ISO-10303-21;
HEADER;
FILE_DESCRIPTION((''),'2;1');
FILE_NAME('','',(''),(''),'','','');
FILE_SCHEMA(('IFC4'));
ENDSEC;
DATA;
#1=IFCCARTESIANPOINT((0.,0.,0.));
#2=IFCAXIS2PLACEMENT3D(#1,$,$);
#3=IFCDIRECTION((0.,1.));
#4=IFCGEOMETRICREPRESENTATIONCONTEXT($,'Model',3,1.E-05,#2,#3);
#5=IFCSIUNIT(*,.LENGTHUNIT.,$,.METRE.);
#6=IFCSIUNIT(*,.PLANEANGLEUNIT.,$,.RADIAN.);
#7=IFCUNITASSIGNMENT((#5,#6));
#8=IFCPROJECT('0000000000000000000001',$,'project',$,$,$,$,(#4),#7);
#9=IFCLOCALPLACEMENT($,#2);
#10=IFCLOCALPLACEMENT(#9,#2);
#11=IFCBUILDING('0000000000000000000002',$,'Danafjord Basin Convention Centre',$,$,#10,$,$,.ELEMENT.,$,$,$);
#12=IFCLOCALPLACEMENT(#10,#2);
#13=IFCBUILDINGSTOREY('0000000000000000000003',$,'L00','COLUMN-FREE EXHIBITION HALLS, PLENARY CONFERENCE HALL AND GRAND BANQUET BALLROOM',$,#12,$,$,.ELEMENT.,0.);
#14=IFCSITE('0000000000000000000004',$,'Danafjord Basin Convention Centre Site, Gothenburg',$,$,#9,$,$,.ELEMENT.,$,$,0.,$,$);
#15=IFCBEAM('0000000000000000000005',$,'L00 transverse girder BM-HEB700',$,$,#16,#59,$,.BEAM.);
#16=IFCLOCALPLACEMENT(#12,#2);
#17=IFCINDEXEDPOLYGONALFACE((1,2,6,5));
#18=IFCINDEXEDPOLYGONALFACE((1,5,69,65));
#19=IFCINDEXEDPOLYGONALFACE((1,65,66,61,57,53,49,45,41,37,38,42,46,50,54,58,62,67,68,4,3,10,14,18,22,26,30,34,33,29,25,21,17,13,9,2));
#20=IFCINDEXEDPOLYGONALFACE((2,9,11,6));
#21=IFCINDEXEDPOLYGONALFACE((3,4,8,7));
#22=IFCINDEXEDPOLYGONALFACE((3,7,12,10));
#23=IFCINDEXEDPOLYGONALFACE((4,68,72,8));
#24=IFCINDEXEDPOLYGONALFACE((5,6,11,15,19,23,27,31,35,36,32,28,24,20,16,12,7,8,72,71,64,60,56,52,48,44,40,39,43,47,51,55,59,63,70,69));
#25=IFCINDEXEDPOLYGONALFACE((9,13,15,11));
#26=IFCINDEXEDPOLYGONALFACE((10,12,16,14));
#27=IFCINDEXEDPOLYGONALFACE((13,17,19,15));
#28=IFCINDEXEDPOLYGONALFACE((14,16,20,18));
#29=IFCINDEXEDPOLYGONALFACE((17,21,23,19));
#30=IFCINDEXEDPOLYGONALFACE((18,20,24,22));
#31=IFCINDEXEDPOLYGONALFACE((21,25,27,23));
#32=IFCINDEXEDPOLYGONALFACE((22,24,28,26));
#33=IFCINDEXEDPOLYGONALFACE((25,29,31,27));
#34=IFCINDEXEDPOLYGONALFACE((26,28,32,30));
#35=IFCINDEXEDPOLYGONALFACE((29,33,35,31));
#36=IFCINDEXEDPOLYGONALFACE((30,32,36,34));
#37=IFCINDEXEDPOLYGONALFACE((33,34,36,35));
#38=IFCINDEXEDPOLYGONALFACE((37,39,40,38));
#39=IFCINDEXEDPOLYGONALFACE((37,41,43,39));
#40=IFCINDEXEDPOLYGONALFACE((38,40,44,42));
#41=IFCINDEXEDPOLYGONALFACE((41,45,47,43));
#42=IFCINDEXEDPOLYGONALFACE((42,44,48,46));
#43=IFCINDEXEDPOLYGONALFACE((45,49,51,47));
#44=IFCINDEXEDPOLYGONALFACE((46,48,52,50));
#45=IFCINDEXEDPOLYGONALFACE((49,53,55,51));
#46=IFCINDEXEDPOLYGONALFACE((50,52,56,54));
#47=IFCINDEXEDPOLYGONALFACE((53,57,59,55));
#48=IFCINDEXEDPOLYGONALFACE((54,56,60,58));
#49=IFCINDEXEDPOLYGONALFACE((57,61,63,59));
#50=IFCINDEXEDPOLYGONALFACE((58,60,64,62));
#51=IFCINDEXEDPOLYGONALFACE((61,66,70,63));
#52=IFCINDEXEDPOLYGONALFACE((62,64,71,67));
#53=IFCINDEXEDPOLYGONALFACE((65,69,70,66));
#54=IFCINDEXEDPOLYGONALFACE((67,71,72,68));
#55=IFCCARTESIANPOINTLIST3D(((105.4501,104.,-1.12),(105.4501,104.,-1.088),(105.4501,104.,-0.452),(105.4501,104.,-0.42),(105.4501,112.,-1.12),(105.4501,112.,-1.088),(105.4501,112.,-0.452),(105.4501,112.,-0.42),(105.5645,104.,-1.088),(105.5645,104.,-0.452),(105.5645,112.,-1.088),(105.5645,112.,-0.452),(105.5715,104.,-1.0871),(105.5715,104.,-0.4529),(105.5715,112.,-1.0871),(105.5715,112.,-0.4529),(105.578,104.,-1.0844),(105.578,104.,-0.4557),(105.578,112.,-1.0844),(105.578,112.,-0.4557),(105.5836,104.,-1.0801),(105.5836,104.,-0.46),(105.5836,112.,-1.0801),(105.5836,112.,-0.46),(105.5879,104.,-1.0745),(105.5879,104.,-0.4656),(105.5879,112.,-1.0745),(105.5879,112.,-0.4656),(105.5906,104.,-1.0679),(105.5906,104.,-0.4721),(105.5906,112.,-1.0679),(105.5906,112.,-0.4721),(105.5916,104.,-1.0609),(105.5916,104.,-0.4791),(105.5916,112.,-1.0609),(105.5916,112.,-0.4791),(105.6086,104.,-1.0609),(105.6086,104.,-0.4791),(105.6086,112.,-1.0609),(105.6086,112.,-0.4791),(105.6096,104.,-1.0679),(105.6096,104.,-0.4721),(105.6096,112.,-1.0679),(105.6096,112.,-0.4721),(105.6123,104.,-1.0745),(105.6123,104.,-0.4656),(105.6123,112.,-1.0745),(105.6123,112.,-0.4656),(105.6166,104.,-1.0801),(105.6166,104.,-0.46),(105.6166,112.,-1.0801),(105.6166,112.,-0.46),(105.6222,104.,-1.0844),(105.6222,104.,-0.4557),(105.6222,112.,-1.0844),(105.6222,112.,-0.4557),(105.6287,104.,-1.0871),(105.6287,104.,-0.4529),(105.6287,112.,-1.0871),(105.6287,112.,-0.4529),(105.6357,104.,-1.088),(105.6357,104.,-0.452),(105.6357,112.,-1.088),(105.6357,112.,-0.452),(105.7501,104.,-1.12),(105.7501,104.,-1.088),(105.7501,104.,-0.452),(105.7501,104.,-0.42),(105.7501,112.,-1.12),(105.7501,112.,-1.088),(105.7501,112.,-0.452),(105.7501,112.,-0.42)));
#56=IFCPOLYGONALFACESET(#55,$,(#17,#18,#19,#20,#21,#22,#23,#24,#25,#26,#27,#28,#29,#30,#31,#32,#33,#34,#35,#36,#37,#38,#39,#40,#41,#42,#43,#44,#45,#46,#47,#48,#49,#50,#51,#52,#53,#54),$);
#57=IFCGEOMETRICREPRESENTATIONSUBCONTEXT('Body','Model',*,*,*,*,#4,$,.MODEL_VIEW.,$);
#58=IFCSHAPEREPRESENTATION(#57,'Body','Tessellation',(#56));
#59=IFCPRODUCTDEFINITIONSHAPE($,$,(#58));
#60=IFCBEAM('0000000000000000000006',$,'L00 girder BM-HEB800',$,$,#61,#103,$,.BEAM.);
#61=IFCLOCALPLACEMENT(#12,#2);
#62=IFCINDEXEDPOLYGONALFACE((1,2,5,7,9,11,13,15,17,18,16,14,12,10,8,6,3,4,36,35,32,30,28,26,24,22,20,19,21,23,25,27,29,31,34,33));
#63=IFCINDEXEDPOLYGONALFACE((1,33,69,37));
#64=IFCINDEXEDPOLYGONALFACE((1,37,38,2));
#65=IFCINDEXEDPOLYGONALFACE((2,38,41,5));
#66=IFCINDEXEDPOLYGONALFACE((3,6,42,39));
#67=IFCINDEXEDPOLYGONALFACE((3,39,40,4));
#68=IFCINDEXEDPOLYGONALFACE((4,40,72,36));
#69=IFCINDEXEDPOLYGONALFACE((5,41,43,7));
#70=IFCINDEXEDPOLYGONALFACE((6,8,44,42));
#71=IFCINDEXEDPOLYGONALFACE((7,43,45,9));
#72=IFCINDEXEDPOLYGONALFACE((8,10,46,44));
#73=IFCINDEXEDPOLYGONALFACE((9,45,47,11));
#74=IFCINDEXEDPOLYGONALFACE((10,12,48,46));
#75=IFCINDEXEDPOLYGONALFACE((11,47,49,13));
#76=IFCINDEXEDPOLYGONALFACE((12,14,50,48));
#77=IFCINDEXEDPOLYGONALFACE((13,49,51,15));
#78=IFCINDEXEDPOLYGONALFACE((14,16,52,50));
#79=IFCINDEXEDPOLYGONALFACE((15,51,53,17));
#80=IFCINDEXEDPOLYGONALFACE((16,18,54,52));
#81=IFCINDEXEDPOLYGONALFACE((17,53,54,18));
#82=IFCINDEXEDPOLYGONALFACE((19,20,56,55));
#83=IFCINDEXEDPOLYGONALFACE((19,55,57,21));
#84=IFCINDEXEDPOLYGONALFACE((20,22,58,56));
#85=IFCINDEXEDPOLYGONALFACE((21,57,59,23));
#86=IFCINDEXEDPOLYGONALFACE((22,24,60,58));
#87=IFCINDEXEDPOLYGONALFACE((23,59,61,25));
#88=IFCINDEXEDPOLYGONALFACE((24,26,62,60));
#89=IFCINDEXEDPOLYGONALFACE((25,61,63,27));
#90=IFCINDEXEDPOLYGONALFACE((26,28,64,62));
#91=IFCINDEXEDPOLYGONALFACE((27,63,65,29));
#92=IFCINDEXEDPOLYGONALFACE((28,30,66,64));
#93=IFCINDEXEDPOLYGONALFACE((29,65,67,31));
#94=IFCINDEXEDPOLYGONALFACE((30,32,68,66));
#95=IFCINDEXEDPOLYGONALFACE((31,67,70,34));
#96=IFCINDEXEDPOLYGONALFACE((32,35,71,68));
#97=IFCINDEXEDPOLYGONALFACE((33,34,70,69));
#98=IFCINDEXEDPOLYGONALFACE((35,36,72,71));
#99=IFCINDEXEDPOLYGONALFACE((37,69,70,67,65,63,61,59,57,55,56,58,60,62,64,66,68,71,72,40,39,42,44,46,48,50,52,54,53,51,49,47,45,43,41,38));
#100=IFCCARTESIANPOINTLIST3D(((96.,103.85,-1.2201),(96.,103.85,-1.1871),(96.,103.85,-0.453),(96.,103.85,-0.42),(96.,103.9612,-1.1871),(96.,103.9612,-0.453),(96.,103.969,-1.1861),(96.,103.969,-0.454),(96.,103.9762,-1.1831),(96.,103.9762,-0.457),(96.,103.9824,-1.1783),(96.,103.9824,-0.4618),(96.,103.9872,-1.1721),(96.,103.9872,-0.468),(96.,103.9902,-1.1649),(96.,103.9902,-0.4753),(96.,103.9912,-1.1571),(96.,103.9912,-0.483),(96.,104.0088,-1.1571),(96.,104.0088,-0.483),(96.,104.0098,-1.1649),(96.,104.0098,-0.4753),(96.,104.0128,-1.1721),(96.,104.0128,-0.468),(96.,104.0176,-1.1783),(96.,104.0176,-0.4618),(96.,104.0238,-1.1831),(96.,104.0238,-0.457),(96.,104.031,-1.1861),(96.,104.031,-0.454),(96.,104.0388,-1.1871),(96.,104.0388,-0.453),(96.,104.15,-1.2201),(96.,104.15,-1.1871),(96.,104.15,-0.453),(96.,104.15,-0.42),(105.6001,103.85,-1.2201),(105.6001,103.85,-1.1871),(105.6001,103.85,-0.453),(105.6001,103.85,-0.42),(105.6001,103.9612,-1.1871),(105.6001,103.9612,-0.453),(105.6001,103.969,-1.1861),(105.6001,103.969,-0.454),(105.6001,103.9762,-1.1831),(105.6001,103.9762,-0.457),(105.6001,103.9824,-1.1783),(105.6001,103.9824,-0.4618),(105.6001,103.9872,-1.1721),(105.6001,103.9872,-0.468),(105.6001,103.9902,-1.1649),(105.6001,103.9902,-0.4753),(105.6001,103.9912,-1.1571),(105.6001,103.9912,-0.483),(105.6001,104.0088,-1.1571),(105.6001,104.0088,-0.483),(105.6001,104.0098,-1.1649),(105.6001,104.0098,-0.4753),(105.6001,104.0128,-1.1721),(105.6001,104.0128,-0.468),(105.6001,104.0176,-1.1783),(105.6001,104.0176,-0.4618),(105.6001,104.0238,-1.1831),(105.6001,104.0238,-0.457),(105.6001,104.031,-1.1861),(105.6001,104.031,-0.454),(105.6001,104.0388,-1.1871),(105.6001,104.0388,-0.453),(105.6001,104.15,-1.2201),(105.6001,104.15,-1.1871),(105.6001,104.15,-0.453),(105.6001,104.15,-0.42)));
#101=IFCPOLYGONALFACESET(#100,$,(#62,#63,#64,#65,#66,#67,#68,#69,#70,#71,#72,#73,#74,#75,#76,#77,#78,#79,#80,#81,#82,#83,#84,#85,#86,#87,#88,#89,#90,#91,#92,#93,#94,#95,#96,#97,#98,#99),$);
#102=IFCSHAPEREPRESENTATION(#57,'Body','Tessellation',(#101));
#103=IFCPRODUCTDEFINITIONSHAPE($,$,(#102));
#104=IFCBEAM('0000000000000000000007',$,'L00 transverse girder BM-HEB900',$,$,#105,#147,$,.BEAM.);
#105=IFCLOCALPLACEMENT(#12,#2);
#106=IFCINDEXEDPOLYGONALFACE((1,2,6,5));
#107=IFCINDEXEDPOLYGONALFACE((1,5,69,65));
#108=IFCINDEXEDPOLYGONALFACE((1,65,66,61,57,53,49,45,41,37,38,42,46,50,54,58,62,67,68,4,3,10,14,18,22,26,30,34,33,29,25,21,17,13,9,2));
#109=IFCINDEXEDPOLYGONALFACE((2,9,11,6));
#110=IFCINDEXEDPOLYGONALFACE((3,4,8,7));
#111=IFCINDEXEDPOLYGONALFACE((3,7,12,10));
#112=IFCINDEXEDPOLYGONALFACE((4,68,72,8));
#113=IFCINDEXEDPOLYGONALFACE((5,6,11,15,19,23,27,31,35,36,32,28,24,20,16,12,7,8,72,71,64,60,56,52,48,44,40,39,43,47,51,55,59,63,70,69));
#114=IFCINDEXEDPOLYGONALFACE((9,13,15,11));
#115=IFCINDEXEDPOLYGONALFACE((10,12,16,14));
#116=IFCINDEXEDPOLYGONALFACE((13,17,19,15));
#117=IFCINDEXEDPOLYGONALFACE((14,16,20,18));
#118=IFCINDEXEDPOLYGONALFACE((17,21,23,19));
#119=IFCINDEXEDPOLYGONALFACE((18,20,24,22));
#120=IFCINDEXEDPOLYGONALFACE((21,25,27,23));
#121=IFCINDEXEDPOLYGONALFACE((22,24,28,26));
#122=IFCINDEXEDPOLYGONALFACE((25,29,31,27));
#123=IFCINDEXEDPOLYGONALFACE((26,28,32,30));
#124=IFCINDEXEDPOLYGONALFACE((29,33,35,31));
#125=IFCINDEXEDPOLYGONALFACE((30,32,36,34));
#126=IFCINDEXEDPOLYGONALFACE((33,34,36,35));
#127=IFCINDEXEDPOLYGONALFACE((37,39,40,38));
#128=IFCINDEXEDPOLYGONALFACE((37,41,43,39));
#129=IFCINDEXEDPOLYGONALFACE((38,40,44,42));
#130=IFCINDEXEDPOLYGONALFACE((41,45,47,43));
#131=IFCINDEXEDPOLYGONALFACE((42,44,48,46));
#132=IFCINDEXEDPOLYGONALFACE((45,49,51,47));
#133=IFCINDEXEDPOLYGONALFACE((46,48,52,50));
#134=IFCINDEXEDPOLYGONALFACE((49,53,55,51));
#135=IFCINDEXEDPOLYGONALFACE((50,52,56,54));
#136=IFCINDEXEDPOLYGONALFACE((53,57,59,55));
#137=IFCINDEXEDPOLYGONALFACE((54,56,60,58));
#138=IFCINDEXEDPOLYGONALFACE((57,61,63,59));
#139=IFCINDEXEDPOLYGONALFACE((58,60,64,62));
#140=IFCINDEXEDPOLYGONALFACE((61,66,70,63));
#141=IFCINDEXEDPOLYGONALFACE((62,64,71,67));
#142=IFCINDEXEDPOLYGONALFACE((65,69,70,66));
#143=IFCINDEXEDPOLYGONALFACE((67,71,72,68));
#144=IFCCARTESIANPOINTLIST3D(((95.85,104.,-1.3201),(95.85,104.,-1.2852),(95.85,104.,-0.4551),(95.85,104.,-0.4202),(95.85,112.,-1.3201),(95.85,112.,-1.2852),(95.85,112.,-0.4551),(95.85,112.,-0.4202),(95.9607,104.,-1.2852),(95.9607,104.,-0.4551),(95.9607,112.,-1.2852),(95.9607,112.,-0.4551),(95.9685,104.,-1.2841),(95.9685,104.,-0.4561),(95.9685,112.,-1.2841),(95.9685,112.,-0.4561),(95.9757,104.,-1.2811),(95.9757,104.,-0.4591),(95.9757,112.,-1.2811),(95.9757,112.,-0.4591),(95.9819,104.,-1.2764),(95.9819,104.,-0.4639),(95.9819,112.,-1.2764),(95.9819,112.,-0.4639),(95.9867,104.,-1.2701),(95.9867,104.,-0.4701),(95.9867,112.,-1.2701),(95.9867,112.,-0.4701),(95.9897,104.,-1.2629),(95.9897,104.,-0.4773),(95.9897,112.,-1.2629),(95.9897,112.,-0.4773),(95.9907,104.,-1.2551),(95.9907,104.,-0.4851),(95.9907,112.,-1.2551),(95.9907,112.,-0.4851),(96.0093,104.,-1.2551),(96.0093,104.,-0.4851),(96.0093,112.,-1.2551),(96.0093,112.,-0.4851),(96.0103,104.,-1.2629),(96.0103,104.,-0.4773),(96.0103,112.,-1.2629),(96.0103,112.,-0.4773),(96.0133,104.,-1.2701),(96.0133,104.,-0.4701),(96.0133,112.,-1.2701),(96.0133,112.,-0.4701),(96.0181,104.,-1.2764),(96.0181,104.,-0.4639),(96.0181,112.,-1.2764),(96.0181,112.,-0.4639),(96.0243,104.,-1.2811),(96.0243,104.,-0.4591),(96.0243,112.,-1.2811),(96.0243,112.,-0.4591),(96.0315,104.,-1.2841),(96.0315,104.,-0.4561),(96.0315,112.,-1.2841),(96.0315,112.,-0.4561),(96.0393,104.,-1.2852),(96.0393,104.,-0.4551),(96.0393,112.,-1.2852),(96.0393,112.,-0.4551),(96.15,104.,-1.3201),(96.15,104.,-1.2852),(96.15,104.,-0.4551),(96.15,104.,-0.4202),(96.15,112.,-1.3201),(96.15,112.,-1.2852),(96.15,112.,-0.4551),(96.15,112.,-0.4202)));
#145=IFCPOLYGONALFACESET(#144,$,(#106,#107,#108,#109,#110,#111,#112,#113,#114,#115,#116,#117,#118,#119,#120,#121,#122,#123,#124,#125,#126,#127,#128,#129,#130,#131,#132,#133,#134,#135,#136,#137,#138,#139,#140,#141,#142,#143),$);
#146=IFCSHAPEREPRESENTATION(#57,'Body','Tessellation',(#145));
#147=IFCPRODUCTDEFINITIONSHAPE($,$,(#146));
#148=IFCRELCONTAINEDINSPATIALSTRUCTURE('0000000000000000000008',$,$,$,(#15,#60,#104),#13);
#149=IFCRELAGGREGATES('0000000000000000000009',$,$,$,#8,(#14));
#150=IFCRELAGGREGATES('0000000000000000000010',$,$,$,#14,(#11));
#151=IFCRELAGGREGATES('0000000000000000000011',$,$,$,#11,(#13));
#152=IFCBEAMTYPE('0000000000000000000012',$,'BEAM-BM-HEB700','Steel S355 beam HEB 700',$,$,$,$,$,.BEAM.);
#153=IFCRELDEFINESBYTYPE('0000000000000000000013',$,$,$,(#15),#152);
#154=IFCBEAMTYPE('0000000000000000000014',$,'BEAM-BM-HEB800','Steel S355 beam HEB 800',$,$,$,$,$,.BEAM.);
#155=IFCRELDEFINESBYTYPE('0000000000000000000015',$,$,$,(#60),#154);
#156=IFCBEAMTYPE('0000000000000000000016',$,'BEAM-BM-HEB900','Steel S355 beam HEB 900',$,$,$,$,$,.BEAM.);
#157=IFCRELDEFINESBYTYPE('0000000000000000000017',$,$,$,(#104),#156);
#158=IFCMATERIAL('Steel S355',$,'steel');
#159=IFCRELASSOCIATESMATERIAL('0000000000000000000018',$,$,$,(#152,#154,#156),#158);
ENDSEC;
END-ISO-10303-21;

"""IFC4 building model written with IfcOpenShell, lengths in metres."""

from ifc_helpers import new_model, si_unit, direction, frame, origin, origin_2d, place, context, subcontext, project, spatial, i_section, extrude, material, material_profile, profile_set, type_object, element, save


model = new_model("IFC4")

# Units and contexts
model_context = context("Model", 3, precision=1e-05, world=origin(), true_north=direction((0.0, 1.0)))
body_context = subcontext(model_context, "Body", "Model", "MODEL_VIEW")
ifc_project = project(units=[si_unit("LENGTHUNIT", "METRE"), si_unit("PLANEANGLEUNIT", "RADIAN")], contexts=[model_context])

# Site, building, storey
site_placement = place(None, origin())
site = spatial("IfcSite", under=ifc_project, at=site_placement, Name="Danafjord Basin Convention Centre Site, Gothenburg", CompositionType="ELEMENT", RefElevation=0.0)
building_placement = place(site_placement, origin())
building = spatial("IfcBuilding", under=site, at=building_placement, Name="Danafjord Basin Convention Centre", CompositionType="ELEMENT")
storey_placement = place(building_placement, origin())
storey = spatial("IfcBuildingStorey", under=building, at=storey_placement, Name="L00", Description="COLUMN-FREE EXHIBITION HALLS, PLENARY CONFERENCE HALL AND GRAND BANQUET BALLROOM", CompositionType="ELEMENT", Elevation=0.0)

# Shared definitions
ifc_material_1 = material(Name="Steel S355", Category="steel")

# Beams
ifc_material_profile_1 = material_profile(ifc_material_1, i_section(OverallWidth=0.3, OverallDepth=0.7, WebThickness=0.0171, FlangeThickness=0.032, FilletRadius=0.0271, at=origin_2d()), Name="HEB 700")
ifc_profile_set_1 = profile_set([ifc_material_profile_1], Name="Steel S355")
beam_type_1 = type_object("IfcBeamType", Name="BEAM-BM-HEB700", Description="Steel S355 beam HEB 700", PredefinedType="BEAM", material=ifc_profile_set_1)
for number, where, z_axis, x_axis, name in (
    (1, (105.6001, 104.0, -0.77), (0.0, 1.0, 0.0), (-1.0, 0.0, 0.0), "L00 transverse girder BM-HEB700"),
):
    element("IfcBeam", number, at=place(storey_placement, frame(where, z_axis=z_axis, x_axis=x_axis)), inside=storey, type_object=beam_type_1, Name=name, PredefinedType="BEAM", context=body_context, shape_type="SweptSolid", body=[
        extrude(i_section(OverallWidth=0.3, OverallDepth=0.7, WebThickness=0.0171, FlangeThickness=0.032, FilletRadius=0.0271, at=origin_2d()), origin(), (0.0, 0.0, 1.0), 8.0),
    ])
ifc_material_profile_2 = material_profile(ifc_material_1, i_section(OverallWidth=0.3, OverallDepth=0.8, WebThickness=0.0176, FlangeThickness=0.033, FilletRadius=0.03, at=origin_2d()), Name="HEB 800")
ifc_profile_set_2 = profile_set([ifc_material_profile_2], Name="Steel S355")
beam_type_2 = type_object("IfcBeamType", Name="BEAM-BM-HEB800", Description="Steel S355 beam HEB 800", PredefinedType="BEAM", material=ifc_profile_set_2)
beam_1_placement = place(storey_placement, frame((96.0, 104.0, -0.8201), z_axis=(1.0, 0.0, 0.0), x_axis=(0.0, 1.0, 0.0)))
element("IfcBeam", 2, at=beam_1_placement, inside=storey, type_object=beam_type_2, Name="L00 girder BM-HEB800", PredefinedType="BEAM", context=body_context, shape_type="SweptSolid", body=[
    extrude(i_section(OverallWidth=0.3, OverallDepth=0.8, WebThickness=0.0176, FlangeThickness=0.033, FilletRadius=0.03, at=origin_2d()), origin(), (0.0, 0.0, 1.0), 9.6001),
])
ifc_material_profile_3 = material_profile(ifc_material_1, i_section(OverallWidth=0.3, OverallDepth=0.8999, WebThickness=0.0186, FlangeThickness=0.0349, FilletRadius=0.03, at=origin_2d()), Name="HEB 900")
ifc_profile_set_3 = profile_set([ifc_material_profile_3], Name="Steel S355")
beam_type_3 = type_object("IfcBeamType", Name="BEAM-BM-HEB900", Description="Steel S355 beam HEB 900", PredefinedType="BEAM", material=ifc_profile_set_3)
beam_2_placement = place(storey_placement, frame((96.0, 104.0, -0.8701), z_axis=(0.0, 1.0, 0.0), x_axis=(-1.0, 0.0, 0.0)))
element("IfcBeam", 3, at=beam_2_placement, inside=storey, type_object=beam_type_3, Name="L00 transverse girder BM-HEB900", PredefinedType="BEAM", context=body_context, shape_type="SweptSolid", body=[
    extrude(i_section(OverallWidth=0.3, OverallDepth=0.8999, WebThickness=0.0186, FlangeThickness=0.0349, FilletRadius=0.03, at=origin_2d()), origin(), (0.0, 0.0, 1.0), 8.0),
])

save(model, "model.ifc")
